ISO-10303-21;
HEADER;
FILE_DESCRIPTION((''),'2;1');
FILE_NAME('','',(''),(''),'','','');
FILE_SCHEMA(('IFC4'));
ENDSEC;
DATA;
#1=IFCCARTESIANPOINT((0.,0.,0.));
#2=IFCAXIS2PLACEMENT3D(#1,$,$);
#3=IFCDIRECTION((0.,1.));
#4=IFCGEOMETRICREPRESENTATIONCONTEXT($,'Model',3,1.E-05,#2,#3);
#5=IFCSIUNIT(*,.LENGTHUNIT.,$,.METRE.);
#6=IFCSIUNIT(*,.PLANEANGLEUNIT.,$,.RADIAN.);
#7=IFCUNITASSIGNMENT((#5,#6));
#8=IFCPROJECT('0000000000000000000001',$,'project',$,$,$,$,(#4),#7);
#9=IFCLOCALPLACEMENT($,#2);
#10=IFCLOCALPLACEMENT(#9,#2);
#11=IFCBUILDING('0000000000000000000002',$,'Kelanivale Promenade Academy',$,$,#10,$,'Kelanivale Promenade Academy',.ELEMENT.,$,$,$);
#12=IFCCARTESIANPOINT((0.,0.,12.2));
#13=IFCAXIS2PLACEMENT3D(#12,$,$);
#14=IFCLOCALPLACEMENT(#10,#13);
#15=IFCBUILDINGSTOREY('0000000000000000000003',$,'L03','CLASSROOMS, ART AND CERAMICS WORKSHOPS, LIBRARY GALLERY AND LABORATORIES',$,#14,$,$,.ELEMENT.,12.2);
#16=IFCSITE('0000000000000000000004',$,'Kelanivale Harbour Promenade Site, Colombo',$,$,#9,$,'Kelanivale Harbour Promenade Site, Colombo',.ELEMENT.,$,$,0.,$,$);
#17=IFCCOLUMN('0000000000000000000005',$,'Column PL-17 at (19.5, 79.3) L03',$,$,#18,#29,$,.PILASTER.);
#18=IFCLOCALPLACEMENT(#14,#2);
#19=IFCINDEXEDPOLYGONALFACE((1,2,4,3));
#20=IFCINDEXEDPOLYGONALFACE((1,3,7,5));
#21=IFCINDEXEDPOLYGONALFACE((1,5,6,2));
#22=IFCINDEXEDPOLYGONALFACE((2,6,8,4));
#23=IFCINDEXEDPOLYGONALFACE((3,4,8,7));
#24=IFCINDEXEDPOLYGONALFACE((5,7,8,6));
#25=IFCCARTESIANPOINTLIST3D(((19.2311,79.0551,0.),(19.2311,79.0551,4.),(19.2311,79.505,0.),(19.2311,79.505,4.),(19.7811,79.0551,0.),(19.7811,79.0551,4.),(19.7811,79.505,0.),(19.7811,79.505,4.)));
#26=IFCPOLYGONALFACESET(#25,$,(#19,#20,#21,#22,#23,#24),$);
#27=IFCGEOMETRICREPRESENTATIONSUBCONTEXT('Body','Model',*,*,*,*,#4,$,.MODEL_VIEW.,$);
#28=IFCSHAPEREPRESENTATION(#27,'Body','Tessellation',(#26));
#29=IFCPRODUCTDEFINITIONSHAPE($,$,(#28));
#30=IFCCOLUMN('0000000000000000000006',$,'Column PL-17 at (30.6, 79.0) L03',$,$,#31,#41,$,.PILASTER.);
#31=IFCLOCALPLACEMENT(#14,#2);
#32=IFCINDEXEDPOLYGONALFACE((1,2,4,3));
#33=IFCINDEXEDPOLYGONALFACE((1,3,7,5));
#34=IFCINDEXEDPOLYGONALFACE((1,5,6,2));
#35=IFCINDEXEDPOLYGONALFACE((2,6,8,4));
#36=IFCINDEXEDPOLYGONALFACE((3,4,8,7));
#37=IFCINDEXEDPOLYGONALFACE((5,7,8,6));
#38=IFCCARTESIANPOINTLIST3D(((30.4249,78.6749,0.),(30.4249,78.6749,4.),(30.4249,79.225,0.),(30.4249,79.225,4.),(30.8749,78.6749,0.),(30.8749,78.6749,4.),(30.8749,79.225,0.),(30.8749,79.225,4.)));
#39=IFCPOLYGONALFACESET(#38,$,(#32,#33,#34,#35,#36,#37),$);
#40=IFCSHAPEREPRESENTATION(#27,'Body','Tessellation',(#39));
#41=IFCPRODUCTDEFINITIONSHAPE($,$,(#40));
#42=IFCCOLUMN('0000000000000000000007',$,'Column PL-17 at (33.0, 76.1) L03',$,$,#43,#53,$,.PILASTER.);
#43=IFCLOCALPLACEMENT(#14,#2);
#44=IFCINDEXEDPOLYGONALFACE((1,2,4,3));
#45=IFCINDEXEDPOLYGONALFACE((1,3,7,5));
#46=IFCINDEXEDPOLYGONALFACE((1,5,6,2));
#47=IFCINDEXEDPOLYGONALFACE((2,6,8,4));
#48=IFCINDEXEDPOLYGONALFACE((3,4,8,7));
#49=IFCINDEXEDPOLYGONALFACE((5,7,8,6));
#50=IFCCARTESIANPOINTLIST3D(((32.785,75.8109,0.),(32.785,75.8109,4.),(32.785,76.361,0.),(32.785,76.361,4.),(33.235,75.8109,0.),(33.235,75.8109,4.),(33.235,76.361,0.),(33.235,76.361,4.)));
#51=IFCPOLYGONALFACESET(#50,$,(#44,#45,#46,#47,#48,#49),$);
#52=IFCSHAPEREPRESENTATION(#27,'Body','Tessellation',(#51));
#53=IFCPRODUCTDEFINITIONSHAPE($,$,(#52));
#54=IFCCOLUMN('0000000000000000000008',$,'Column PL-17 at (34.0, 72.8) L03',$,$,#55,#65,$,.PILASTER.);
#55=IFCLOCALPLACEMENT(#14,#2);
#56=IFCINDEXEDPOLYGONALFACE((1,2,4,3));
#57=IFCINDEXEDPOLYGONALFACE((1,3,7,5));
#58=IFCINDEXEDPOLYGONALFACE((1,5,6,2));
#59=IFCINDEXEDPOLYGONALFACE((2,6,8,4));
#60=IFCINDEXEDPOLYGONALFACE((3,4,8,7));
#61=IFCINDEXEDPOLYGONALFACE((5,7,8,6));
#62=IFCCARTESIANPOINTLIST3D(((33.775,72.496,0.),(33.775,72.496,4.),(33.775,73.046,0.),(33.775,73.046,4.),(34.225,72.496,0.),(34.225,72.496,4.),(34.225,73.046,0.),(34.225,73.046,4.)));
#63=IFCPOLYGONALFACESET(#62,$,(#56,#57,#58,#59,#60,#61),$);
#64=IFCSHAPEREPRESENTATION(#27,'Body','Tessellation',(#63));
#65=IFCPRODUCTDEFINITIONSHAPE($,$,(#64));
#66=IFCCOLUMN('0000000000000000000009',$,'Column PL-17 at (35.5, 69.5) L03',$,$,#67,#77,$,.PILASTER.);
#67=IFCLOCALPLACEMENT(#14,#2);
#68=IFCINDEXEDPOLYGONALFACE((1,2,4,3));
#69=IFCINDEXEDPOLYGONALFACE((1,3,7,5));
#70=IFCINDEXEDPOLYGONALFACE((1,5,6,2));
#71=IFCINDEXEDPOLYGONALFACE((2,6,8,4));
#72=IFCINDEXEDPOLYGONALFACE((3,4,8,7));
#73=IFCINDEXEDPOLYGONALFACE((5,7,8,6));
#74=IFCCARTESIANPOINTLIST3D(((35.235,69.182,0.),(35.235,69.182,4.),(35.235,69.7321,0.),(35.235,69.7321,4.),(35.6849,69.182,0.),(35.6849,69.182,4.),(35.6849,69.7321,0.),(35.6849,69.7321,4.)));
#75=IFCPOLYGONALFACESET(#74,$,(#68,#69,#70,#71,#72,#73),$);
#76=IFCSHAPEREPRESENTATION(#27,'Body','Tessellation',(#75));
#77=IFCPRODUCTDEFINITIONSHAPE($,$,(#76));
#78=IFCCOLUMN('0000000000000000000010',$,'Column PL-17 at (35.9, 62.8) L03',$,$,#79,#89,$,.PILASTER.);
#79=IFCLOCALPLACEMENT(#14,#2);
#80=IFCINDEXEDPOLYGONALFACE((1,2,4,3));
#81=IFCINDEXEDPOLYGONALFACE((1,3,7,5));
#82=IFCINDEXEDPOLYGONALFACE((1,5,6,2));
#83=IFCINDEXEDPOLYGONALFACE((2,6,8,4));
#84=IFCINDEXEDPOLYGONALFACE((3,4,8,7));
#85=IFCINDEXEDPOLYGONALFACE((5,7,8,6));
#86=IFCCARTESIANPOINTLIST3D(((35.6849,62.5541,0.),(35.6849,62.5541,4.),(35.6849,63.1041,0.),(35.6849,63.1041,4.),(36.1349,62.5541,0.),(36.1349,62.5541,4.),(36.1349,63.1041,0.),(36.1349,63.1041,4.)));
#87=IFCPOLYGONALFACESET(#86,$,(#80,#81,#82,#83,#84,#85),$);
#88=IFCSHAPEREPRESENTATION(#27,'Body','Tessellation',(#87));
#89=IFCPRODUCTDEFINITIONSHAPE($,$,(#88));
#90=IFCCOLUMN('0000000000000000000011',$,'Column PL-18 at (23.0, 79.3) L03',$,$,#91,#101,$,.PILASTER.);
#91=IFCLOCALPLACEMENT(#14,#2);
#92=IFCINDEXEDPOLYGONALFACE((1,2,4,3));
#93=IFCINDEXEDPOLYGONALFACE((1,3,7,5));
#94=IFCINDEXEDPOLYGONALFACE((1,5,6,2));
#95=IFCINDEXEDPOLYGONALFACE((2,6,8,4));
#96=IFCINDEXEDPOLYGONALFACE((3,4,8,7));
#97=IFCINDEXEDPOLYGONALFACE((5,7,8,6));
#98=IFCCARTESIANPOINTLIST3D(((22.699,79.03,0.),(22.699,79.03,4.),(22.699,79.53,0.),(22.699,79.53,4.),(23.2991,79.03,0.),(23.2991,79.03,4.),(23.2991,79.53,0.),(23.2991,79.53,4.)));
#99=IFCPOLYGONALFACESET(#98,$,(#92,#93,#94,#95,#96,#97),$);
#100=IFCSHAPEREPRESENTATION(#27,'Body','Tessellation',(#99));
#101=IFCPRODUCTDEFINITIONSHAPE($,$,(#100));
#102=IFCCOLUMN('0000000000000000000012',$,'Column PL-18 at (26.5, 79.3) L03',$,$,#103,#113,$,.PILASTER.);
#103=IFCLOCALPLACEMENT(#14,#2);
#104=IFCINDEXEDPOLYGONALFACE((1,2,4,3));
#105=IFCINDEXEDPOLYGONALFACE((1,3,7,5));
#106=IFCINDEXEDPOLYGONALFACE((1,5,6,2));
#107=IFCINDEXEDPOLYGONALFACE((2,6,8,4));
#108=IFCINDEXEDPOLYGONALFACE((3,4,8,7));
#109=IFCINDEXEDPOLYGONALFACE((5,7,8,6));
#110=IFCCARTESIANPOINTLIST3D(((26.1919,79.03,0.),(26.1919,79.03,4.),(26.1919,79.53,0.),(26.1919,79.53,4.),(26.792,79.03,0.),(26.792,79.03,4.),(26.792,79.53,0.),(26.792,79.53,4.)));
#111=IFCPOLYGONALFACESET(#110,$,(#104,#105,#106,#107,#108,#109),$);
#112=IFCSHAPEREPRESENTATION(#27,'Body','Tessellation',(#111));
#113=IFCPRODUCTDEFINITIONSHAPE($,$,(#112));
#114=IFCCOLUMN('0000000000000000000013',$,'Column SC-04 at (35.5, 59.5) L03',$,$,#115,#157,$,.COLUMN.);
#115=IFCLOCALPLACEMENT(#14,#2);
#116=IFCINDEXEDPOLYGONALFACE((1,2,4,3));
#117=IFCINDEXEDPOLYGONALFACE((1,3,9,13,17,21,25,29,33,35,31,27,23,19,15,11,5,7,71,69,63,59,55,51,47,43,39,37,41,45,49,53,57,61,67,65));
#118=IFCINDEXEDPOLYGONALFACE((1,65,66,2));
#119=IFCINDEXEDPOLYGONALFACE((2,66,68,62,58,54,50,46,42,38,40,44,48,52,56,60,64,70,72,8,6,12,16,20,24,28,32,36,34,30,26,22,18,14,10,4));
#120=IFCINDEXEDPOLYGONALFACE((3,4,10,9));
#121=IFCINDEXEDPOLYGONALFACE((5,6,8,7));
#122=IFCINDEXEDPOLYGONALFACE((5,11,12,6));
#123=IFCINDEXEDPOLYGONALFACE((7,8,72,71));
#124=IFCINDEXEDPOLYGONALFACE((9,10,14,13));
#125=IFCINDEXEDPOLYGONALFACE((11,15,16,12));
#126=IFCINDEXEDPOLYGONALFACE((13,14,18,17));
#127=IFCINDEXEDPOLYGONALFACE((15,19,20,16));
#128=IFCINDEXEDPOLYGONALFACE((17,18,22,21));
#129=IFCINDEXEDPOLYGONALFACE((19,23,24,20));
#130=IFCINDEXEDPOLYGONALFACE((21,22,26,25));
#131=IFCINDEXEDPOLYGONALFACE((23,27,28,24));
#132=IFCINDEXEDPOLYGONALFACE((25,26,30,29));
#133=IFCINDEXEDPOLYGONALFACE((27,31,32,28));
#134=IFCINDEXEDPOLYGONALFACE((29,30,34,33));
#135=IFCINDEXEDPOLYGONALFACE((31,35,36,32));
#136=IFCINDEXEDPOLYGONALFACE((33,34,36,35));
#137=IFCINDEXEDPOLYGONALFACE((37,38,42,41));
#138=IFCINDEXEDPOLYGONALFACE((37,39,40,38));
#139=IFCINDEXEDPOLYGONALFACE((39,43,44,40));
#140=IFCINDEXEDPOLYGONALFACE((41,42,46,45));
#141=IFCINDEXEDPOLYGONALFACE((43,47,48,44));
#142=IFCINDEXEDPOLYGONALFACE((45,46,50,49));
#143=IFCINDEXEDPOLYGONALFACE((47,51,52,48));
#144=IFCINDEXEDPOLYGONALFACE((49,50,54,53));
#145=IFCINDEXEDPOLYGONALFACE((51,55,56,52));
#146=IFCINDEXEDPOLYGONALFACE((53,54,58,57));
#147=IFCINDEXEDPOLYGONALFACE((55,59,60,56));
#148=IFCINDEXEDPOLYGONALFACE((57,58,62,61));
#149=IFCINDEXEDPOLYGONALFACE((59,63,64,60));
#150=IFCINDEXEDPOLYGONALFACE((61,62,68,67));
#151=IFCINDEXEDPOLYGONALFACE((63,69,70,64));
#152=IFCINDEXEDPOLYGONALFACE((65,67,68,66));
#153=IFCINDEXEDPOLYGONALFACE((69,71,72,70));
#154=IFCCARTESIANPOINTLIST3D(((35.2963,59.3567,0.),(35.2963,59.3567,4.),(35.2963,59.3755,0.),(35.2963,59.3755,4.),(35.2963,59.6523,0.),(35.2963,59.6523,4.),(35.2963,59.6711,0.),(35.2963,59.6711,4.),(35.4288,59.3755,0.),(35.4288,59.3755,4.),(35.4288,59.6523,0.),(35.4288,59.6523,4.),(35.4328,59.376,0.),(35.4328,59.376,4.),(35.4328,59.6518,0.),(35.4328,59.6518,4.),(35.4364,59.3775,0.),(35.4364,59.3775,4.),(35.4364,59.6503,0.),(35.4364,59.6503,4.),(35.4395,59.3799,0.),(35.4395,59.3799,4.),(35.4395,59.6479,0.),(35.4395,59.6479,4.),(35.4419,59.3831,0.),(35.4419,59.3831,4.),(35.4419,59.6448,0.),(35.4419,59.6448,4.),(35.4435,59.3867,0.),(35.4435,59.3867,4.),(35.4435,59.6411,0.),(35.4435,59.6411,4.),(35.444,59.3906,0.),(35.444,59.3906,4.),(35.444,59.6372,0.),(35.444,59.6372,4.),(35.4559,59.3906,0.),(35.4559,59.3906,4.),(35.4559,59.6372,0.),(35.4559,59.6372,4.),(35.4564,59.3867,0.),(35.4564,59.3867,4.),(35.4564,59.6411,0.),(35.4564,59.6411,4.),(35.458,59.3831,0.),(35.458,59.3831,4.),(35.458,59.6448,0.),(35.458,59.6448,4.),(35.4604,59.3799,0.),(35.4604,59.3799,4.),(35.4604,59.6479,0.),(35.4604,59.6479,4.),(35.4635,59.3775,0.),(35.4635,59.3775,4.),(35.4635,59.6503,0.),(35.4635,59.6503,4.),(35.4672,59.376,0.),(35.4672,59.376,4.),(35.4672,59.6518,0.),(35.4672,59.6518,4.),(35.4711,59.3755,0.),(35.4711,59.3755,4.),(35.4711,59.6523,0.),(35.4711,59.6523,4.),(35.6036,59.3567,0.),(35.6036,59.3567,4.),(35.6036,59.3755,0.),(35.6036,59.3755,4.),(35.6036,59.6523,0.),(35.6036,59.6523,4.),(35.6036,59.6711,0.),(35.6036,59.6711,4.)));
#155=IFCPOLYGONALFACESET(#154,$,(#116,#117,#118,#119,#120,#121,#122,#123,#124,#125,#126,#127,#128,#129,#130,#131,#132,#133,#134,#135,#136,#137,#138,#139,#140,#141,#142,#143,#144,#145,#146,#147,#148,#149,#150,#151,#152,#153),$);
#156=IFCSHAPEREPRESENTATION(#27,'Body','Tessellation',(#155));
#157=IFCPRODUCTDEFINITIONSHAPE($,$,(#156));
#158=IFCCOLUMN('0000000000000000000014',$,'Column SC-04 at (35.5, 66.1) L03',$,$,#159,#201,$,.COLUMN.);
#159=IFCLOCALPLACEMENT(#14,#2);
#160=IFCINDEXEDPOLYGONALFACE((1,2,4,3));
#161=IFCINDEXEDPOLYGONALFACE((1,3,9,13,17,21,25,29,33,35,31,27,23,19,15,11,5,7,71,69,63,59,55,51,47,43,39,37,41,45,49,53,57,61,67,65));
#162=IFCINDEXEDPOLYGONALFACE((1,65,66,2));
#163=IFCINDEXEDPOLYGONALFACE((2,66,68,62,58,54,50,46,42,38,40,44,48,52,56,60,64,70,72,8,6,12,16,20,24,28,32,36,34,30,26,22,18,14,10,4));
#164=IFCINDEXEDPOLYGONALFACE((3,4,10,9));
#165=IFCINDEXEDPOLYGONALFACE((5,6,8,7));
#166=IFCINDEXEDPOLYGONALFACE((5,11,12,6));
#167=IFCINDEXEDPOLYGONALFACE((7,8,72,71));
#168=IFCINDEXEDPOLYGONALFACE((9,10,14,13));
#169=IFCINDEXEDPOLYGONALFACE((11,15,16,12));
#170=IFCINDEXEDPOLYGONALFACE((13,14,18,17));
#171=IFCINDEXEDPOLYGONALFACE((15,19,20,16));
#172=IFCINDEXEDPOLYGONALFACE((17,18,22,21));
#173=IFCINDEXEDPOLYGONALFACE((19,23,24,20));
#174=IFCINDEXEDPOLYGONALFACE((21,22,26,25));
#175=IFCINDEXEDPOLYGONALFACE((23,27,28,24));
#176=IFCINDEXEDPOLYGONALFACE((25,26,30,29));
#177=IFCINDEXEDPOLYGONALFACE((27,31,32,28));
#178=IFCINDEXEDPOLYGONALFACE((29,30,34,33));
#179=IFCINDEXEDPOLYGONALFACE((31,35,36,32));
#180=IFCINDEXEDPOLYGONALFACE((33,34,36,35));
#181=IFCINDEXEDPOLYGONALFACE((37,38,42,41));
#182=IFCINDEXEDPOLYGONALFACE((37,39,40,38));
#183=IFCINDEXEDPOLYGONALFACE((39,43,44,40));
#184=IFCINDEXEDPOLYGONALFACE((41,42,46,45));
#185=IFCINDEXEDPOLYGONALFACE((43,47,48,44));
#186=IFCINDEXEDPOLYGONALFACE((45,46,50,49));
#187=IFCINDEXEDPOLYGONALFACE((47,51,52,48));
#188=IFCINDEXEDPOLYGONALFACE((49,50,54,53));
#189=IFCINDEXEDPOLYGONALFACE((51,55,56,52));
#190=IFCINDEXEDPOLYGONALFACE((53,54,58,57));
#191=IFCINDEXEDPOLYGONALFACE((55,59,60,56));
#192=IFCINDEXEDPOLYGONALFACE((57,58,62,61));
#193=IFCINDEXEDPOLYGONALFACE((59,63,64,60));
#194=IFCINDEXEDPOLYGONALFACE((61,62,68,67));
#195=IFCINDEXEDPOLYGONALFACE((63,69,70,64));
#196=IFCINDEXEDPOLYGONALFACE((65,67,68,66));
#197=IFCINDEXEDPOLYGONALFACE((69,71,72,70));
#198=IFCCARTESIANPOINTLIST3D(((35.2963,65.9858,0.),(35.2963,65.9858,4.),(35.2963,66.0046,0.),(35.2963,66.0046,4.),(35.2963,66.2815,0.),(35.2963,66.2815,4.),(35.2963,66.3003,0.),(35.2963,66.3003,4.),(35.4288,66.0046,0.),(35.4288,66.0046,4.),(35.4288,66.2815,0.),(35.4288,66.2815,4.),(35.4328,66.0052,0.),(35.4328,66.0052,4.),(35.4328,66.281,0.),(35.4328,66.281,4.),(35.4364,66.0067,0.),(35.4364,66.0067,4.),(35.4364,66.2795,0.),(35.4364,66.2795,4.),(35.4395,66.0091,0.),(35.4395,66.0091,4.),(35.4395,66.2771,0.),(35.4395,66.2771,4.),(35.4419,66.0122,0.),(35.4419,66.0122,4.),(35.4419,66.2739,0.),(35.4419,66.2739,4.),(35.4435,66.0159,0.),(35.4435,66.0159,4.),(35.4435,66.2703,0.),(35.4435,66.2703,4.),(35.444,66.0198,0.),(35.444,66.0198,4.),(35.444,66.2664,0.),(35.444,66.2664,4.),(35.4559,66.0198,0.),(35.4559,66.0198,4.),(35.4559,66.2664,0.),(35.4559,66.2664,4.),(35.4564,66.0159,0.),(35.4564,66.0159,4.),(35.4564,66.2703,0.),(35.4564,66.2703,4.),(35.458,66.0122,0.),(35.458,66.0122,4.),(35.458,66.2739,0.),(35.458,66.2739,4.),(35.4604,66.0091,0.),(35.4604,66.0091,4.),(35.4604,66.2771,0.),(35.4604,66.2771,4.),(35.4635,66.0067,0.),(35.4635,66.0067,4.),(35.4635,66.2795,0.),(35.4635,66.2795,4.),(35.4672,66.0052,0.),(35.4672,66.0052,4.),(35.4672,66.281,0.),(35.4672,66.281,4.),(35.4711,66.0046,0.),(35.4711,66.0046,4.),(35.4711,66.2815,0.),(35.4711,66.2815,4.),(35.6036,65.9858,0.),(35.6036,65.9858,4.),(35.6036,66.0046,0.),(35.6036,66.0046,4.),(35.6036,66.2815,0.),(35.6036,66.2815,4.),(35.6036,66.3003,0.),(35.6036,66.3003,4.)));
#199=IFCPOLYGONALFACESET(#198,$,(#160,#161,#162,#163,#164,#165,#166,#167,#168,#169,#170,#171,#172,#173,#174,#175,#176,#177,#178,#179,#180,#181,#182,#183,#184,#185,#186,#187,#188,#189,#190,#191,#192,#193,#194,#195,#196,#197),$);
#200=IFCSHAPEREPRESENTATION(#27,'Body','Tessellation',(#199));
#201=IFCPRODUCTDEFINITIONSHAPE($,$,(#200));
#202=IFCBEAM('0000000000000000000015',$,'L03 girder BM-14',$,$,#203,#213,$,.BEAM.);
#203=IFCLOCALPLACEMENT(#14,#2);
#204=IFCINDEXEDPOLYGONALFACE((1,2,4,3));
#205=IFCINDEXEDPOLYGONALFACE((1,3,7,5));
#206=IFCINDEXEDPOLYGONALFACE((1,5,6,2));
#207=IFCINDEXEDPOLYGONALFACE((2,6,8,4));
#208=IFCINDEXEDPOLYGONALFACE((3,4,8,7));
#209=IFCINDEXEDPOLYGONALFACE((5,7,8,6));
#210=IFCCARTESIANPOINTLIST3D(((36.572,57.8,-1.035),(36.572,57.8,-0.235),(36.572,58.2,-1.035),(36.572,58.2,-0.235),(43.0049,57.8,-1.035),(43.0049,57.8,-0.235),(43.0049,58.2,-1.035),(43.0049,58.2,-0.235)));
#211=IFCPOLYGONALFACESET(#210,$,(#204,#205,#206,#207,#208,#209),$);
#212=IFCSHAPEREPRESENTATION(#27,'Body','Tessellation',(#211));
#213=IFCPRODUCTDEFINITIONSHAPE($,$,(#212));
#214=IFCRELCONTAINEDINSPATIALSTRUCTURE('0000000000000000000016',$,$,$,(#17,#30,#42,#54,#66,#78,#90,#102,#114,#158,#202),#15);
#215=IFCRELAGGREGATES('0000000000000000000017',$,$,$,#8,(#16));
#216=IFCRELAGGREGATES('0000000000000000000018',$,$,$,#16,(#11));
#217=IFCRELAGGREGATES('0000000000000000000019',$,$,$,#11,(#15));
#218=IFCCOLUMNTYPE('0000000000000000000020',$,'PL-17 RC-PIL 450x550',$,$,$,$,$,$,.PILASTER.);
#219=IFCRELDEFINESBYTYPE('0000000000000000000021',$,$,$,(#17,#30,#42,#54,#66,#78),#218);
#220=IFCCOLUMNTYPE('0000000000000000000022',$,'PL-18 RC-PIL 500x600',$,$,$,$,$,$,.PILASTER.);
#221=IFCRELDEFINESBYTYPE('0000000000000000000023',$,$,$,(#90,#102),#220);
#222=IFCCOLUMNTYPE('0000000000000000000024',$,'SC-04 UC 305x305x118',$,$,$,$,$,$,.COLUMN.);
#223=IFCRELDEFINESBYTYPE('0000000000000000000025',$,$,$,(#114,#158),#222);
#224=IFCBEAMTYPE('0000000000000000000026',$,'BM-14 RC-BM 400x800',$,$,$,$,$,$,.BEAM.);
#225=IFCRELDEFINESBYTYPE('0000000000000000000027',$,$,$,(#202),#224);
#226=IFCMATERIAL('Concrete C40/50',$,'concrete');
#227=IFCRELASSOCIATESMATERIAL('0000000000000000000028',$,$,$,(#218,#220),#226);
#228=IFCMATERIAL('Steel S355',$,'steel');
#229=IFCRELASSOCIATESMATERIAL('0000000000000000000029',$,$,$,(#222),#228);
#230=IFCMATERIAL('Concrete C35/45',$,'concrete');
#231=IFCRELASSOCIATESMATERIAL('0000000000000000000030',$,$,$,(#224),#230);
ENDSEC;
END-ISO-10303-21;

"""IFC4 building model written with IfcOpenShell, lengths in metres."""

from ifc_helpers import new_model, si_unit, direction, frame, origin, origin_2d, place, context, subcontext, project, spatial, rectangle, i_section, extrude, material, material_profile, profile_set, type_object, element, save


model = new_model("IFC4")

# Units and contexts
model_context = context("Model", 3, precision=1e-05, world=origin(), true_north=direction((0.0, 1.0)))
body_context = subcontext(model_context, "Body", "Model", "MODEL_VIEW")
ifc_project = project(units=[si_unit("LENGTHUNIT", "METRE"), si_unit("PLANEANGLEUNIT", "RADIAN")], contexts=[model_context])

# Site, building, storey
site_placement = place(None, origin())
site = spatial("IfcSite", under=ifc_project, at=site_placement, Name="Kelanivale Harbour Promenade Site, Colombo", LongName="Kelanivale Harbour Promenade Site, Colombo", CompositionType="ELEMENT", RefElevation=0.0)
building_placement = place(site_placement, origin())
building = spatial("IfcBuilding", under=site, at=building_placement, Name="Kelanivale Promenade Academy", LongName="Kelanivale Promenade Academy", CompositionType="ELEMENT")
storey_placement = place(building_placement, frame((0.0, 0.0, 12.2)))
storey = spatial("IfcBuildingStorey", under=building, at=storey_placement, Name="L03", Description="CLASSROOMS, ART AND CERAMICS WORKSHOPS, LIBRARY GALLERY AND LABORATORIES", CompositionType="ELEMENT", Elevation=12.2)

# Columns
ifc_material_1 = material(Name="Concrete C40/50", Category="concrete")
ifc_material_profile_1 = material_profile(ifc_material_1, rectangle(XDim=0.45, YDim=0.55, at=origin_2d()), Name="RC-PIL 450x550")
ifc_profile_set_1 = profile_set([ifc_material_profile_1], Name="Concrete C40/50")
column_type_1 = type_object("IfcColumnType", Name="PL-17 RC-PIL 450x550", PredefinedType="PILASTER", material=ifc_profile_set_1)
for number, where, z_axis, x_axis, name in (
    (1, (19.5061, 79.28, 0.0), (0.0, 0.0, 1.0), (0.0, 1.0, 0.0), "Column PL-17 at (19.5, 79.3) L03"),
    (2, (30.6499, 78.95, 0.0), (0.0, 0.0, 1.0), (1.0, 0.0, 0.0), "Column PL-17 at (30.6, 79.0) L03"),
    (3, (33.01, 76.0859, 0.0), (0.0, 0.0, 1.0), (1.0, 0.0, 0.0), "Column PL-17 at (33.0, 76.1) L03"),
    (4, (34.0, 72.771, 0.0), (0.0, 0.0, 1.0), (1.0, 0.0, 0.0), "Column PL-17 at (34.0, 72.8) L03"),
    (5, (35.46, 69.457, 0.0), (0.0, 0.0, 1.0), (1.0, 0.0, 0.0), "Column PL-17 at (35.5, 69.5) L03"),
    (6, (35.9099, 62.8291, 0.0), (0.0, 0.0, 1.0), (1.0, 0.0, 0.0), "Column PL-17 at (35.9, 62.8) L03"),
):
    element("IfcColumn", number, at=place(storey_placement, frame(where, z_axis=z_axis, x_axis=x_axis)), inside=storey, type_object=column_type_1, Name=name, PredefinedType="PILASTER", context=body_context, shape_type="SweptSolid", body=[
        extrude(rectangle(XDim=0.45, YDim=0.55, at=origin_2d()), origin(), (0.0, 0.0, 1.0), 4.0),
    ])
ifc_material_profile_2 = material_profile(ifc_material_1, rectangle(XDim=0.5, YDim=0.6001, at=origin_2d()), Name="RC-PIL 500x600")
ifc_profile_set_2 = profile_set([ifc_material_profile_2], Name="Concrete C40/50")
column_type_2 = type_object("IfcColumnType", Name="PL-18 RC-PIL 500x600", PredefinedType="PILASTER", material=ifc_profile_set_2)
for number, where, z_axis, x_axis, name in (
    (7, (22.999, 79.28, 0.0), (0.0, 0.0, 1.0), (0.0, 1.0, 0.0), "Column PL-18 at (23.0, 79.3) L03"),
    (8, (26.4919, 79.28, 0.0), (0.0, 0.0, 1.0), (0.0, 1.0, 0.0), "Column PL-18 at (26.5, 79.3) L03"),
):
    element("IfcColumn", number, at=place(storey_placement, frame(where, z_axis=z_axis, x_axis=x_axis)), inside=storey, type_object=column_type_2, Name=name, PredefinedType="PILASTER", context=body_context, shape_type="SweptSolid", body=[
        extrude(rectangle(XDim=0.5, YDim=0.6001, at=origin_2d()), origin(), (0.0, 0.0, 1.0), 4.0),
    ])
ifc_material_2 = material(Name="Steel S355", Category="steel")
ifc_material_profile_3 = material_profile(ifc_material_2, i_section(OverallWidth=0.3074, OverallDepth=0.3145, WebThickness=0.012, FlangeThickness=0.0188, FilletRadius=0.0151, at=origin_2d()), Name="UC 305x305x118")
ifc_profile_set_3 = profile_set([ifc_material_profile_3], Name="Steel S355")
column_type_3 = type_object("IfcColumnType", Name="SC-04 UC 305x305x118", PredefinedType="COLUMN", material=ifc_profile_set_3)
for number, where, z_axis, x_axis, name in (
    (9, (35.45, 59.5139, 0.0), (0.0, 0.0, 1.0), (1.0, 0.0, 0.0), "Column SC-04 at (35.5, 59.5) L03"),
    (10, (35.45, 66.1431, 0.0), (0.0, 0.0, 1.0), (1.0, 0.0, 0.0), "Column SC-04 at (35.5, 66.1) L03"),
):
    element("IfcColumn", number, at=place(storey_placement, frame(where, z_axis=z_axis, x_axis=x_axis)), inside=storey, type_object=column_type_3, Name=name, PredefinedType="COLUMN", context=body_context, shape_type="SweptSolid", body=[
        extrude(i_section(OverallWidth=0.3074, OverallDepth=0.3145, WebThickness=0.012, FlangeThickness=0.0188, FilletRadius=0.0151, at=origin_2d()), origin(), (0.0, 0.0, 1.0), 4.0),
    ])

# Beam
ifc_material_3 = material(Name="Concrete C35/45", Category="concrete")
ifc_material_profile_4 = material_profile(ifc_material_3, rectangle(XDim=0.3999, YDim=0.8, at=origin_2d()), Name="RC-BM 400x800")
ifc_profile_set_4 = profile_set([ifc_material_profile_4], Name="Concrete C35/45")
beam_type_1 = type_object("IfcBeamType", Name="BM-14 RC-BM 400x800", PredefinedType="BEAM", material=ifc_profile_set_4)
beam_1_placement = place(storey_placement, frame((36.572, 58.0, -0.635), z_axis=(1.0, 0.0, 0.0), x_axis=(0.0, 1.0, 0.0)))
element("IfcBeam", 11, at=beam_1_placement, inside=storey, type_object=beam_type_1, Name="L03 girder BM-14", PredefinedType="BEAM", context=body_context, shape_type="SweptSolid", body=[
    extrude(rectangle(XDim=0.3999, YDim=0.8, at=origin_2d()), origin(), (0.0, 0.0, 1.0), 6.4329),
])

save(model, "model.ifc")
